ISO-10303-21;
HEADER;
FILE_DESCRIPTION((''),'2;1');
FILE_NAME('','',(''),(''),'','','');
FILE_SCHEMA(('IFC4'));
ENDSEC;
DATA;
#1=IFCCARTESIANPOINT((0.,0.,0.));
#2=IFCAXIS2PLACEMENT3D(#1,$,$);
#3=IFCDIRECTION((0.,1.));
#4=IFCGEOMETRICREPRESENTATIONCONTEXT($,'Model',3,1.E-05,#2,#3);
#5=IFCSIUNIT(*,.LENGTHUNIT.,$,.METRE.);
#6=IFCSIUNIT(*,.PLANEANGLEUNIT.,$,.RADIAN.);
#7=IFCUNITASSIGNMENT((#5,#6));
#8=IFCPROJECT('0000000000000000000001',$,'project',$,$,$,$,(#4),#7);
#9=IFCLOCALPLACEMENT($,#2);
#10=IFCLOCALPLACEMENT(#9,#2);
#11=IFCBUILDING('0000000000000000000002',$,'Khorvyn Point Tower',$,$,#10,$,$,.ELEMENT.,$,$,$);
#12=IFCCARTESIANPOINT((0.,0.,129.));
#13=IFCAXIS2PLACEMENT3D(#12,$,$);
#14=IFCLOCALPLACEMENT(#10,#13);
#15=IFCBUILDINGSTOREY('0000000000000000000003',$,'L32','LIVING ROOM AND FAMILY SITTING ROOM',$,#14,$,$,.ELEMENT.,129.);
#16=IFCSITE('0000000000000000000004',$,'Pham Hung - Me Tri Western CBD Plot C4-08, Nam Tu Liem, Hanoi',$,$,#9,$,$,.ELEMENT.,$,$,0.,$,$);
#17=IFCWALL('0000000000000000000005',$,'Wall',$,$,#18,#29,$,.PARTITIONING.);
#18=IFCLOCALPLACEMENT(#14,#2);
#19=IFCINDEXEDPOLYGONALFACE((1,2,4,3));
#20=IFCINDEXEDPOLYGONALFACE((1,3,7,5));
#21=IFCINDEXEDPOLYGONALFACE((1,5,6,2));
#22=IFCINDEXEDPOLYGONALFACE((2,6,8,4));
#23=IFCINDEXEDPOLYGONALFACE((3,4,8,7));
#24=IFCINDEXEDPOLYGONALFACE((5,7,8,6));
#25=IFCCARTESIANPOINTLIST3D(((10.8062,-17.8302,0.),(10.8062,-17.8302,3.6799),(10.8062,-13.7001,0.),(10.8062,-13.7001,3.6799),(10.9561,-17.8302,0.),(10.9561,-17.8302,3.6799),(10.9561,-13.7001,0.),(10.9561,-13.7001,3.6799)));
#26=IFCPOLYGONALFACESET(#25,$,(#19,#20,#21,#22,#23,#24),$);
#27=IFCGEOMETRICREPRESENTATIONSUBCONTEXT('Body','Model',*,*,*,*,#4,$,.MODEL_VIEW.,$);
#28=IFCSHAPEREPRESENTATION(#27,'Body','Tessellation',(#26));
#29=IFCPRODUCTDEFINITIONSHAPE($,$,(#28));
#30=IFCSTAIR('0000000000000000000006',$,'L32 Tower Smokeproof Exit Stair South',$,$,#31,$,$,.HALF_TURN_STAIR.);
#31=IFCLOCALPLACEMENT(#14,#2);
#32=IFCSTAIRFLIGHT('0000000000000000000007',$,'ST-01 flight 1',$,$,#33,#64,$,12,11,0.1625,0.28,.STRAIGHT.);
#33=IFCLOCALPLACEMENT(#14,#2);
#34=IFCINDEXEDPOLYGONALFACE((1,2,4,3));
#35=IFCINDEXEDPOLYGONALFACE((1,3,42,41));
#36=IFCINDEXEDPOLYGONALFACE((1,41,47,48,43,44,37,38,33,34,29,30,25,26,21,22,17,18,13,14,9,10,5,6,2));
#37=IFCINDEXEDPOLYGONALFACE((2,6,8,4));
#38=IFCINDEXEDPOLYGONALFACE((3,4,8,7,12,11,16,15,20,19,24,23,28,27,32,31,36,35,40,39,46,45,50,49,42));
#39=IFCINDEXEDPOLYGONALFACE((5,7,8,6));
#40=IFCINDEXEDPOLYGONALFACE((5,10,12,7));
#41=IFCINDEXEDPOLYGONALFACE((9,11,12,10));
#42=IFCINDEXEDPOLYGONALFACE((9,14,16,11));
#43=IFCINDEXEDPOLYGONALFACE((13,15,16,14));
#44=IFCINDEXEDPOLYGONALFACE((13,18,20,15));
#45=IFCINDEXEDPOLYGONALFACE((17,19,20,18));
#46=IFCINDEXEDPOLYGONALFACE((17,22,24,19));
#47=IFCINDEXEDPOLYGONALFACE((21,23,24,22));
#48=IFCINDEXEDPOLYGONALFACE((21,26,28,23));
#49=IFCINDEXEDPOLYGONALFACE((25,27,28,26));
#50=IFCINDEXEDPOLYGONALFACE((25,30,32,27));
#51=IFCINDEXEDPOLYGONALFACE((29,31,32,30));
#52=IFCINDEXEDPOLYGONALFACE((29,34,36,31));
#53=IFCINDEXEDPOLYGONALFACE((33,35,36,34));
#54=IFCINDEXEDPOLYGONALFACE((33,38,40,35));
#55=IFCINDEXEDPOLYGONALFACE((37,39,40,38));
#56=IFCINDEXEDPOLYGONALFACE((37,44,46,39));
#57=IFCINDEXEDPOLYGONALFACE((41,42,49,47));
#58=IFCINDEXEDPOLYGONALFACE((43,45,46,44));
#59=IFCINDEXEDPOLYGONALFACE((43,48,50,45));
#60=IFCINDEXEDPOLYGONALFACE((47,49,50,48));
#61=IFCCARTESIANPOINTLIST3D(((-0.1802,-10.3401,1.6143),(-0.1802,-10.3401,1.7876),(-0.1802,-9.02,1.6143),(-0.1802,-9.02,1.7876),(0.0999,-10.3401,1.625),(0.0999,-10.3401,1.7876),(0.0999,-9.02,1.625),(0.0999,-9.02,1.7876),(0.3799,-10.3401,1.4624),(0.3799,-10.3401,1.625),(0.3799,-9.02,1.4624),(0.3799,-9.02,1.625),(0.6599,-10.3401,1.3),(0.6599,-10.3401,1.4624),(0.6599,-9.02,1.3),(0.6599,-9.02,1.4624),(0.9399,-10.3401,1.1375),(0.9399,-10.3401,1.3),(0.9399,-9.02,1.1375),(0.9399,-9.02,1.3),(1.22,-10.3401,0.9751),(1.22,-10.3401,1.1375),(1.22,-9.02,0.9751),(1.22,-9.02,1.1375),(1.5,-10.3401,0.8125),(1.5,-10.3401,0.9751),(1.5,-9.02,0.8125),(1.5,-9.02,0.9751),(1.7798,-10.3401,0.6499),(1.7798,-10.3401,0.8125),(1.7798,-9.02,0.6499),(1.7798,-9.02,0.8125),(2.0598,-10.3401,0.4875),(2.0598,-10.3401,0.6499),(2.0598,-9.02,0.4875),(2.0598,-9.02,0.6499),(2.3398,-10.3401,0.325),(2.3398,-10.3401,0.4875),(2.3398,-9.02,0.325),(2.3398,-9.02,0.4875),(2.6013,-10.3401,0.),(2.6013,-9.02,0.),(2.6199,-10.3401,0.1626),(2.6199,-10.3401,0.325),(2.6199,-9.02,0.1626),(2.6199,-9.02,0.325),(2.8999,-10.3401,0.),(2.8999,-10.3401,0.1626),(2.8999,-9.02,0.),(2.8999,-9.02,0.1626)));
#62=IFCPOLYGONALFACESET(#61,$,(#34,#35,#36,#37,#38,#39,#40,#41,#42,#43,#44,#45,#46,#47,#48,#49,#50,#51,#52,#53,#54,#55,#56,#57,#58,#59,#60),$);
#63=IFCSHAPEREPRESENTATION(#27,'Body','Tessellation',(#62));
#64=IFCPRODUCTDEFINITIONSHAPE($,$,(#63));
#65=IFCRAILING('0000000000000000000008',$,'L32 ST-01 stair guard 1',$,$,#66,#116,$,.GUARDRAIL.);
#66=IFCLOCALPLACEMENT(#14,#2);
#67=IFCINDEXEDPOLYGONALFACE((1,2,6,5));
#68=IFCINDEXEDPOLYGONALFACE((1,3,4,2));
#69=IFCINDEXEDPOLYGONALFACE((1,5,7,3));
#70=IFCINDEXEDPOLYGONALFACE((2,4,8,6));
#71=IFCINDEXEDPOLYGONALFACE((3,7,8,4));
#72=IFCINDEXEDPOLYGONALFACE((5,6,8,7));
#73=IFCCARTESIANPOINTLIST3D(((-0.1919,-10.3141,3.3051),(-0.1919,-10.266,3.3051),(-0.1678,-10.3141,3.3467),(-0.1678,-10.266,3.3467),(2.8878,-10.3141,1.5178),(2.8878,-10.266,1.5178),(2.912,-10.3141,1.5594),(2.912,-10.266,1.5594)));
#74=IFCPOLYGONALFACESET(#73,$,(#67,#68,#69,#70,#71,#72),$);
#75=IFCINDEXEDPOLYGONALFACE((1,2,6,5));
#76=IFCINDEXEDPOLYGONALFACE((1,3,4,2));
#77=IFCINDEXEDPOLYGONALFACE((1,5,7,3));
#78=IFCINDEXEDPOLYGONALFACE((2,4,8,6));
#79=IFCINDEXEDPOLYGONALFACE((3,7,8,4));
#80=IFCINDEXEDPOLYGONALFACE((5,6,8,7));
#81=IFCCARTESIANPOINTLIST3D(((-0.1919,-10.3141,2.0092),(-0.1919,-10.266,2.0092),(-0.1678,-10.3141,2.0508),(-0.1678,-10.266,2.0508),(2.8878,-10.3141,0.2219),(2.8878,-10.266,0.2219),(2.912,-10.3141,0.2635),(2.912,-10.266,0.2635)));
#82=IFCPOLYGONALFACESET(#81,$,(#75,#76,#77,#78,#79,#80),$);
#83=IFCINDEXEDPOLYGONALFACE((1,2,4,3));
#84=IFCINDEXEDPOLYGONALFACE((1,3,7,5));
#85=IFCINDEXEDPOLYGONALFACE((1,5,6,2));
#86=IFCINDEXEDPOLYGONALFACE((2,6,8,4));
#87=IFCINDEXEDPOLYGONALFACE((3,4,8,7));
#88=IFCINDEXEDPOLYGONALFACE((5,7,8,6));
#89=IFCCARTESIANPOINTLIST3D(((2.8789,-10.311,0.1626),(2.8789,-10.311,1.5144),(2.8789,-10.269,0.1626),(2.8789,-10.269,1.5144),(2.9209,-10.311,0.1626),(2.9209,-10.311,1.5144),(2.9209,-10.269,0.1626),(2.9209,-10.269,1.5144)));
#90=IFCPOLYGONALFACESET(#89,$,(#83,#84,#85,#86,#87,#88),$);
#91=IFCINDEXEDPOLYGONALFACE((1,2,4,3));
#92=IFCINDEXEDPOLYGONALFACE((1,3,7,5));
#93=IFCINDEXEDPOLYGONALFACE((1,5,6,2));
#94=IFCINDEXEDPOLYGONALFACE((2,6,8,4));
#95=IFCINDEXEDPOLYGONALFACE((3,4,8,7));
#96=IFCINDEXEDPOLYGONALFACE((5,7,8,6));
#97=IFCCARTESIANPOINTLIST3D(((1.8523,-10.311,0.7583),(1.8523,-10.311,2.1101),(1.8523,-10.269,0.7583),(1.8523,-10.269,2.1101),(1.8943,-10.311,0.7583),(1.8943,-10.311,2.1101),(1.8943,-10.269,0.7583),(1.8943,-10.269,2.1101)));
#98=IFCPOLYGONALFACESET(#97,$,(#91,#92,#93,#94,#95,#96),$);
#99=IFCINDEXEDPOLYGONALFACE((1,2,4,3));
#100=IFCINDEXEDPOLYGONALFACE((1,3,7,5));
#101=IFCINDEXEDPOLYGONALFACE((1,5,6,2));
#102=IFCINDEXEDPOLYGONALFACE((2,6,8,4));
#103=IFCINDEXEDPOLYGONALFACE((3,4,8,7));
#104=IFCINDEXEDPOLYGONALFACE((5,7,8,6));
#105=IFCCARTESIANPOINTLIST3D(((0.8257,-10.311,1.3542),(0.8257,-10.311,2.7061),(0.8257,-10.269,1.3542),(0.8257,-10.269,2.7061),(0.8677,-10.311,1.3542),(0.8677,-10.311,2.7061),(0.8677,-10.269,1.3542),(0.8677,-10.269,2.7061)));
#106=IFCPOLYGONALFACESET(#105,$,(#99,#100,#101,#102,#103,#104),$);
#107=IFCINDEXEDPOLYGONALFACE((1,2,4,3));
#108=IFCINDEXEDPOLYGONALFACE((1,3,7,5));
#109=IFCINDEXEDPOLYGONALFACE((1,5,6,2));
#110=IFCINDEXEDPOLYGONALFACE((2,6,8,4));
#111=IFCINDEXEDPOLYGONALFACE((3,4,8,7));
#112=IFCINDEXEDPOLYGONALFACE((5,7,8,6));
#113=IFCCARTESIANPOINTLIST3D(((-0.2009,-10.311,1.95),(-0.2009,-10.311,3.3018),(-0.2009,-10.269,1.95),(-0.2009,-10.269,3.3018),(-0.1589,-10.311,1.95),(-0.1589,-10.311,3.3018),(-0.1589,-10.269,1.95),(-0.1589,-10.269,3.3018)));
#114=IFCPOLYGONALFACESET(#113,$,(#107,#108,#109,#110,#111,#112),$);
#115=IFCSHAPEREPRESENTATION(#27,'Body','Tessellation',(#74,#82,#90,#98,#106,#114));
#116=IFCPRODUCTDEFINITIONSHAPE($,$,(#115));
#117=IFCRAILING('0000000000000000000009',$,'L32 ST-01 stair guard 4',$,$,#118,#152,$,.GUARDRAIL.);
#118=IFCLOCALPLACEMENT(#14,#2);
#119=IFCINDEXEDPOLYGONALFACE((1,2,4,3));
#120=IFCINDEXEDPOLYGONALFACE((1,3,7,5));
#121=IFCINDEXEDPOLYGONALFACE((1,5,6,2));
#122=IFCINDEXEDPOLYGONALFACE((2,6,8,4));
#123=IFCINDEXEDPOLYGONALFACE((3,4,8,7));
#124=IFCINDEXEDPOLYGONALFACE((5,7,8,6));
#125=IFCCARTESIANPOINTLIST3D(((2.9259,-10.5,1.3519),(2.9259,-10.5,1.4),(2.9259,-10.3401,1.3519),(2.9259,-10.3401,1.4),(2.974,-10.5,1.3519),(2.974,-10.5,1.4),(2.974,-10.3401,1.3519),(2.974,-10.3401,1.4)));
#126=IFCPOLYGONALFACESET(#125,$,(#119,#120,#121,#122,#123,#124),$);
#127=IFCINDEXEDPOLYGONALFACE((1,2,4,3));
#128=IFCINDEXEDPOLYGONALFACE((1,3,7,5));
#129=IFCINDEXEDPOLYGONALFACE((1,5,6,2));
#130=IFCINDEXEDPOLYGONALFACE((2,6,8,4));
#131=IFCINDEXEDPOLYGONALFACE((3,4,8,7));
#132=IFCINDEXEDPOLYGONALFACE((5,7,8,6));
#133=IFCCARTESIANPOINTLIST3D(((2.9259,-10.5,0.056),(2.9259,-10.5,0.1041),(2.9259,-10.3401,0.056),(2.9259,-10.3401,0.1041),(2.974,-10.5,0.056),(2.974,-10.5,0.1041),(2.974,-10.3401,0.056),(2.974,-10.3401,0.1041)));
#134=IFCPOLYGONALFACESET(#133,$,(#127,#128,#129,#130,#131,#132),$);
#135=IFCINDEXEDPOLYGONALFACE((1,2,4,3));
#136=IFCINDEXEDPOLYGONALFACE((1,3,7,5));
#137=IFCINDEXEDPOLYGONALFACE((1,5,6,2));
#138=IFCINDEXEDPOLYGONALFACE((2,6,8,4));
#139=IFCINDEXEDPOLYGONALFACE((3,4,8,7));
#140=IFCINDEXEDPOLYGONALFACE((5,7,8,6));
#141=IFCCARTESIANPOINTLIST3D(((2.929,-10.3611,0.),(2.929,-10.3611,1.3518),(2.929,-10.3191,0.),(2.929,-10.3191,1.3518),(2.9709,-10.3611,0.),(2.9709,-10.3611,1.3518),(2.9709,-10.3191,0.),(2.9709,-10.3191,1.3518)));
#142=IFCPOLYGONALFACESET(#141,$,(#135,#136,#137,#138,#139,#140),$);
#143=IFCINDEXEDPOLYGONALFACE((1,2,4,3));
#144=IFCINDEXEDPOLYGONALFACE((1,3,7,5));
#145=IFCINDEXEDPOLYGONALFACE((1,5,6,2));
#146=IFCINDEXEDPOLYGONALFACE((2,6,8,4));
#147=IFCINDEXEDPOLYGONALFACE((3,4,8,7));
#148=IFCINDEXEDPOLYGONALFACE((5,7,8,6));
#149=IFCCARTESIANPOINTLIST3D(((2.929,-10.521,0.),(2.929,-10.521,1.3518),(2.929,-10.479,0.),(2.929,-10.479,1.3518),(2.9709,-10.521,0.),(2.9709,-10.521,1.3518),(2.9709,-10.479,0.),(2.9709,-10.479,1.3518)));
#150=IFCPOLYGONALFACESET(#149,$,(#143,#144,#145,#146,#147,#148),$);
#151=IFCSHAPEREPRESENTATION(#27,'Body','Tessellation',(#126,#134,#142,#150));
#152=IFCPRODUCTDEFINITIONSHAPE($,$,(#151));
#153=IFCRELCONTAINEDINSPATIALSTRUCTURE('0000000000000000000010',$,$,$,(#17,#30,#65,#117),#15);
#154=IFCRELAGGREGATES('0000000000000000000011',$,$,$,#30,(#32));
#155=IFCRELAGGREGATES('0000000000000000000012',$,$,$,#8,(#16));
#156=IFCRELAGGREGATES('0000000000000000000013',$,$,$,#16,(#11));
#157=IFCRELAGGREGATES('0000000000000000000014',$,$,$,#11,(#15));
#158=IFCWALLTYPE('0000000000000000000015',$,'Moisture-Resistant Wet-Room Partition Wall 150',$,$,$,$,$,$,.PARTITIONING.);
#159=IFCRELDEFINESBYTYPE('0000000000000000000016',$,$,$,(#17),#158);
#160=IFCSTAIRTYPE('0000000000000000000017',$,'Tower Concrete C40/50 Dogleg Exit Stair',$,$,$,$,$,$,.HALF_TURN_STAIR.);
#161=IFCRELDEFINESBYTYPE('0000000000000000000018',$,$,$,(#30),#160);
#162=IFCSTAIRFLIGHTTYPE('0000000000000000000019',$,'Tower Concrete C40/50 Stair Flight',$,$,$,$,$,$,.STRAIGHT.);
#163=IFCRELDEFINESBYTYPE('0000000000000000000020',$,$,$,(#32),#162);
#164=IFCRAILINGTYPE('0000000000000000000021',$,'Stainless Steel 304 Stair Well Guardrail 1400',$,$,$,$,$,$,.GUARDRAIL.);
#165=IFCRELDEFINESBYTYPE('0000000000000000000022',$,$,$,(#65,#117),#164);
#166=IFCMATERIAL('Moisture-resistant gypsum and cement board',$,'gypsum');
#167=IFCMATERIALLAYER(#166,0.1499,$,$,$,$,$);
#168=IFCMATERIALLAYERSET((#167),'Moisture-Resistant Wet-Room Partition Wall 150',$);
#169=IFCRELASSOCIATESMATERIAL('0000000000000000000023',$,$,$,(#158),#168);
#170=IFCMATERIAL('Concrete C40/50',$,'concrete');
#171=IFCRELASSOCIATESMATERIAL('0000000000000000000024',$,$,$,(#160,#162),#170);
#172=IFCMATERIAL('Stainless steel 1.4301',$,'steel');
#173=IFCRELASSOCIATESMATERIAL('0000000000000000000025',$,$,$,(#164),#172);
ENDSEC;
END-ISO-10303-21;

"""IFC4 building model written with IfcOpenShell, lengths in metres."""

from ifc_helpers import new_model, si_unit, direction, frame, frame_2d, origin, origin_2d, place, context, subcontext, project, spatial, polyline, rectangle, outline, extrude, material, layer, layer_set, type_object, element, aggregate, save


model = new_model("IFC4")

# Units and contexts
model_context = context("Model", 3, precision=1e-05, world=origin(), true_north=direction((0.0, 1.0)))
body_context = subcontext(model_context, "Body", "Model", "MODEL_VIEW")
ifc_project = project(units=[si_unit("LENGTHUNIT", "METRE"), si_unit("PLANEANGLEUNIT", "RADIAN")], contexts=[model_context])

# Site, building, storey
site_placement = place(None, origin())
site = spatial("IfcSite", under=ifc_project, at=site_placement, Name="Pham Hung - Me Tri Western CBD Plot C4-08, Nam Tu Liem, Hanoi", CompositionType="ELEMENT", RefElevation=0.0)
building_placement = place(site_placement, origin())
building = spatial("IfcBuilding", under=site, at=building_placement, Name="Khorvyn Point Tower", CompositionType="ELEMENT")
storey_placement = place(building_placement, frame((0.0, 0.0, 129.0)))
storey = spatial("IfcBuildingStorey", under=building, at=storey_placement, Name="L32", Description="LIVING ROOM AND FAMILY SITTING ROOM", CompositionType="ELEMENT", Elevation=129.0)

# Shared definitions
ifc_material_1 = material(Name="Concrete C40/50", Category="concrete")

# Shared definitions
ifc_material_2 = material(Name="Moisture-resistant gypsum and cement board", Category="gypsum")
ifc_layer_1 = layer(ifc_material_2, 0.1499)
ifc_layer_set_1 = layer_set([ifc_layer_1], Name="Moisture-Resistant Wet-Room Partition Wall 150")
wall_type_1 = type_object("IfcWallType", Name="Moisture-Resistant Wet-Room Partition Wall 150", PredefinedType="PARTITIONING", material=ifc_layer_set_1)

# Wall
wall_1_placement = place(storey_placement, frame((10.8811, -17.8301, 0.0), z_axis=(0.0, 0.0, 1.0), x_axis=(0.0, 1.0, 0.0)))
element("IfcWall", 1, at=wall_1_placement, inside=storey, type_object=wall_type_1, Name="Wall", PredefinedType="PARTITIONING", context=body_context, shape_type="SweptSolid", body=[
    extrude(rectangle(XDim=4.1301, YDim=0.1499, at=frame_2d((2.0649, 0.0))), origin(), (0.0, 0.0, 1.0), 3.6799),
])

# Stair, stair flight
stair_type = type_object("IfcStairType", Name="Tower Concrete C40/50 Dogleg Exit Stair", PredefinedType="HALF_TURN_STAIR", material=ifc_material_1)
stair_placement = place(storey_placement, origin())
stair = element("IfcStair", 2, at=stair_placement, inside=storey, type_object=stair_type, Name="L32 Tower Smokeproof Exit Stair South", PredefinedType="HALF_TURN_STAIR")
stair_flight_type = type_object("IfcStairFlightType", Name="Tower Concrete C40/50 Stair Flight", PredefinedType="STRAIGHT", material=ifc_material_1)
stair_flight_placement = place(storey_placement, frame((2.8999, -9.6799, 0.0), z_axis=(0.0, 0.0, 1.0), x_axis=(-1.0, 0.0, 0.0)))
stair_flight = element("IfcStairFlight", 3, at=stair_flight_placement, type_object=stair_flight_type, Name="ST-01 flight 1", NumberOfRisers=12, NumberOfTreads=11, PredefinedType="STRAIGHT", RiserHeight=0.1625, TreadLength=0.28, context=body_context, shape_type="SweptSolid", body=[
    extrude(outline(polyline([(0.0, 0.0), (0.0, 0.1626), (0.28, 0.1626), (0.28, 0.325), (0.5601, 0.325), (0.5601, 0.4875), (0.8401, 0.4875), (0.8401, 0.6499), (1.1201, 0.6499), (1.1201, 0.8125), (1.3999, 0.8125), (1.3999, 0.9751), (1.6799, 0.9751), (1.6799, 1.1375), (1.96, 1.1375), (1.96, 1.3), (2.24, 1.3), (2.24, 1.4624), (2.52, 1.4624), (2.52, 1.625), (2.8, 1.625), (2.8, 1.7876), (3.0801, 1.7876), (3.0801, 1.95), (3.0801, 1.6143), (0.2986, 0.0), (0.0, 0.0)])), frame((0.0, 0.6602, 0.0), z_axis=(0.0, -1.0, 0.0), x_axis=(1.0, 0.0, 0.0)), (0.0, 0.0, 1.0), 1.3201),
])
aggregate(stair, [stair_flight])

# Railings
ifc_material_3 = material(Name="Stainless steel 1.4301", Category="steel")
railing_type = type_object("IfcRailingType", Name="Stainless Steel 304 Stair Well Guardrail 1400", PredefinedType="GUARDRAIL", material=ifc_material_3)
railing_1_placement = place(storey_placement, frame((2.8999, -10.29, 0.1626)))
element("IfcRailing", 4, at=railing_1_placement, inside=storey, type_object=railing_type, Name="L32 ST-01 stair guard 1", PredefinedType="GUARDRAIL", context=body_context, shape_type="SweptSolid", body=[
    extrude(rectangle(XDim=0.0481, YDim=0.0481, at=origin_2d()), frame((0.0, 0.0, 1.376), z_axis=(-0.864903, 0.0, 0.501939), x_axis=(0.0, -1.0, 0.0)), (0.0, 0.0, 1.0), 3.5608),
    extrude(rectangle(XDim=0.0481, YDim=0.0481, at=origin_2d()), frame((0.0, 0.0, 0.0801), z_axis=(-0.864903, 0.0, 0.501939), x_axis=(0.0, -1.0, 0.0)), (0.0, 0.0, 1.0), 3.5608),
    extrude(rectangle(XDim=0.042, YDim=0.042, at=origin_2d()), origin(), (0.0, 0.0, 1.0), 1.3518),
    extrude(rectangle(XDim=0.042, YDim=0.042, at=origin_2d()), frame((-1.0266, 0.0, 0.5957)), (0.0, 0.0, 1.0), 1.3518),
    extrude(rectangle(XDim=0.042, YDim=0.042, at=origin_2d()), frame((-2.0532, 0.0, 1.1917)), (0.0, 0.0, 1.0), 1.3518),
    extrude(rectangle(XDim=0.042, YDim=0.042, at=origin_2d()), frame((-3.0798, 0.0, 1.7874)), (0.0, 0.0, 1.0), 1.3518),
])
railing_2_placement = place(storey_placement, frame((2.95, -10.3401, 0.0)))
element("IfcRailing", 5, at=railing_2_placement, inside=storey, type_object=railing_type, Name="L32 ST-01 stair guard 4", PredefinedType="GUARDRAIL", context=body_context, shape_type="SweptSolid", body=[
    extrude(rectangle(XDim=0.0481, YDim=0.0481, at=origin_2d()), frame((0.0, 0.0, 1.376), z_axis=(0.0, -1.0, 0.0), x_axis=(1.0, 0.0, 0.0)), (0.0, 0.0, 1.0), 0.1599),
    extrude(rectangle(XDim=0.0481, YDim=0.0481, at=origin_2d()), frame((0.0, 0.0, 0.0801), z_axis=(0.0, -1.0, 0.0), x_axis=(1.0, 0.0, 0.0)), (0.0, 0.0, 1.0), 0.1599),
    extrude(rectangle(XDim=0.042, YDim=0.042, at=origin_2d()), origin(), (0.0, 0.0, 1.0), 1.3518),
    extrude(rectangle(XDim=0.042, YDim=0.042, at=origin_2d()), frame((0.0, -0.1599, 0.0)), (0.0, 0.0, 1.0), 1.3518),
])

save(model, "model.ifc")
